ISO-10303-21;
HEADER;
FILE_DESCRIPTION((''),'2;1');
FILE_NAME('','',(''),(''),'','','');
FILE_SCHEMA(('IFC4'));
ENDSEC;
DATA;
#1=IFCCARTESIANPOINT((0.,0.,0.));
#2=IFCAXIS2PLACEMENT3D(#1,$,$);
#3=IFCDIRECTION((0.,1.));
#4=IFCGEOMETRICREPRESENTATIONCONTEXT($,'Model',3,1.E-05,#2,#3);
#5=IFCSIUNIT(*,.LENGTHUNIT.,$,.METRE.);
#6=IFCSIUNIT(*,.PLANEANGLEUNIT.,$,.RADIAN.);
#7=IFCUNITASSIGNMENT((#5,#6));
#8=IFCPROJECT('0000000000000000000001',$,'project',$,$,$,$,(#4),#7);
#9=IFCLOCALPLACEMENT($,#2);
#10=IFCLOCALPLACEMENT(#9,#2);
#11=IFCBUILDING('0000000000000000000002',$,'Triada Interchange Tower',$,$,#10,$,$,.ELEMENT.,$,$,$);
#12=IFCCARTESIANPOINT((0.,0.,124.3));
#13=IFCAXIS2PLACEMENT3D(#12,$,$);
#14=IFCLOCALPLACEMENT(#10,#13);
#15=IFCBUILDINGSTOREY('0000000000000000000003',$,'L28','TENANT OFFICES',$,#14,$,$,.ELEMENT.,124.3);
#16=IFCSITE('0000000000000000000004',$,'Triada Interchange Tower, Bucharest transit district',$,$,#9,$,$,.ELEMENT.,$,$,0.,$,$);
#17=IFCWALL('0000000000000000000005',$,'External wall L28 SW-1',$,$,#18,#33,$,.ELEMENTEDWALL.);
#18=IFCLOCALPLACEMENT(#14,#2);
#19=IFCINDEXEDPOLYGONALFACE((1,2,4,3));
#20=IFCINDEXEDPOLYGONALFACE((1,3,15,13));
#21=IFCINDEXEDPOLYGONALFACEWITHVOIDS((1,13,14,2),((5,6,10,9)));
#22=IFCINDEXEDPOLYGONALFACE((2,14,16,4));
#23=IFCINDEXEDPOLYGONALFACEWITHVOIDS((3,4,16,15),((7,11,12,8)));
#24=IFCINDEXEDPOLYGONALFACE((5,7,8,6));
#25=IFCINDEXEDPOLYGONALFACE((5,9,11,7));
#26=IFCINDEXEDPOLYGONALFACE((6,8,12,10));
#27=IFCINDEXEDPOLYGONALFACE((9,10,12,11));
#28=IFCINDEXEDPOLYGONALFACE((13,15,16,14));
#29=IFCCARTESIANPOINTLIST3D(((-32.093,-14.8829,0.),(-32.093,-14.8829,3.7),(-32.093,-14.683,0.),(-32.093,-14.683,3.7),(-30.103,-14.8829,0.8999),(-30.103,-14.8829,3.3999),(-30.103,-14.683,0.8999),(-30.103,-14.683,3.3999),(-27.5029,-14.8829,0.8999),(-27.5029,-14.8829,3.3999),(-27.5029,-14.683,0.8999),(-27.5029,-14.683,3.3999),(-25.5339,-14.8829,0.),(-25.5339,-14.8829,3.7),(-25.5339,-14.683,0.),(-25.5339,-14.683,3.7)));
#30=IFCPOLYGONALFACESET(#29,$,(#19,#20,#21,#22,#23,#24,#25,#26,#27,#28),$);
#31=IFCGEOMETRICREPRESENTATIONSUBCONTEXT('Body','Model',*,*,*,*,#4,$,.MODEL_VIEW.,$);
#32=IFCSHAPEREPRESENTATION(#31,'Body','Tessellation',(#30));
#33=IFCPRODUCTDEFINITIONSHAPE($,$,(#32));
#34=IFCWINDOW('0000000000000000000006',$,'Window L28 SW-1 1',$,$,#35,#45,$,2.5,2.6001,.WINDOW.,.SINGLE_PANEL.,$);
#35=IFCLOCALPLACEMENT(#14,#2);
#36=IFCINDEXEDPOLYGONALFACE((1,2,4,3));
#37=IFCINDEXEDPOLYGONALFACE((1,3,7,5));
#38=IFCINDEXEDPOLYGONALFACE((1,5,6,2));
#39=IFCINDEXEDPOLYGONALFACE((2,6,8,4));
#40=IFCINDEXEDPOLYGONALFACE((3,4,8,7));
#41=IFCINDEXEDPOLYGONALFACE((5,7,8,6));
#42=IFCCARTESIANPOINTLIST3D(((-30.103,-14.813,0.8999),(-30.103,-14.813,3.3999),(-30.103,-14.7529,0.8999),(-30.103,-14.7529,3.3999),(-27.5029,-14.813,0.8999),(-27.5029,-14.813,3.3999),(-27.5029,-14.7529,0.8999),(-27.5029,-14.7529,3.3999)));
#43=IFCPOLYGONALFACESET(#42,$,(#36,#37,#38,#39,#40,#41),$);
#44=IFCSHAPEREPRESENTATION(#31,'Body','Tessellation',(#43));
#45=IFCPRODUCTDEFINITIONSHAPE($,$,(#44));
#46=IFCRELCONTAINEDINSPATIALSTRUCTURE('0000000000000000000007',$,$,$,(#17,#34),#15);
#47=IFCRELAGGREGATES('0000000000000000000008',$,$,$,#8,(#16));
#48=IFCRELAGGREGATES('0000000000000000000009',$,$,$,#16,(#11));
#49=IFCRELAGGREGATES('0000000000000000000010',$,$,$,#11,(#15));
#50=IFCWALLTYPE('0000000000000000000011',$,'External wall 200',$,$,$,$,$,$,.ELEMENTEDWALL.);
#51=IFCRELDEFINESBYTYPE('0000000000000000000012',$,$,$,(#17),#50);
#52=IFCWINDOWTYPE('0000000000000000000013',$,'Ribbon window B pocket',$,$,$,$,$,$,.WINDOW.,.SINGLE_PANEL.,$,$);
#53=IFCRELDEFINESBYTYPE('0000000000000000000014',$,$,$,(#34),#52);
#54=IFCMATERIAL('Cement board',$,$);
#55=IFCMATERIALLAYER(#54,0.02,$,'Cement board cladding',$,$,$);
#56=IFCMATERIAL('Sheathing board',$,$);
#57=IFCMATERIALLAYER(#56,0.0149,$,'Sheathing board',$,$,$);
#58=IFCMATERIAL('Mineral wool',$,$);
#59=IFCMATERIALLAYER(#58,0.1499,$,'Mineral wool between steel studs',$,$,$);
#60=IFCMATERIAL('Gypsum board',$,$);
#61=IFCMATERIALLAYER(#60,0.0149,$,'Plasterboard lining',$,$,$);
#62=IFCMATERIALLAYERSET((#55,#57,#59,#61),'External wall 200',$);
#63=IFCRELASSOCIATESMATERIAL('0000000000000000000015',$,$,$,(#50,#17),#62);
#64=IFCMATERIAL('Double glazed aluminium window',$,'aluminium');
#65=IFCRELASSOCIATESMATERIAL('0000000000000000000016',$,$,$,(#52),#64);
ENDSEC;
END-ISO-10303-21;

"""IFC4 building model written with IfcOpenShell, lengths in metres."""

from ifc_helpers import new_model, si_unit, direction, frame, frame_2d, origin, place, context, subcontext, project, spatial, rectangle, extrude, material, layer, layer_set, layer_usage, type_object, element, fill, save


model = new_model("IFC4")

# Units and contexts
model_context = context("Model", 3, precision=1e-05, world=origin(), true_north=direction((0.0, 1.0)))
body_context = subcontext(model_context, "Body", "Model", "MODEL_VIEW")
ifc_project = project(units=[si_unit("LENGTHUNIT", "METRE"), si_unit("PLANEANGLEUNIT", "RADIAN")], contexts=[model_context])

# Site, building, storey
site_placement = place(None, origin())
site = spatial("IfcSite", under=ifc_project, at=site_placement, Name="Triada Interchange Tower, Bucharest transit district", CompositionType="ELEMENT", RefElevation=0.0)
building_placement = place(site_placement, origin())
building = spatial("IfcBuilding", under=site, at=building_placement, Name="Triada Interchange Tower", CompositionType="ELEMENT")
storey_placement = place(building_placement, frame((0.0, 0.0, 124.3)))
storey = spatial("IfcBuildingStorey", under=building, at=storey_placement, Name="L28", Description="TENANT OFFICES", CompositionType="ELEMENT", Elevation=124.3)

# Wall, opening, window
ifc_material_1 = material(Name="Cement board")
ifc_layer_1 = layer(ifc_material_1, 0.02, Name="Cement board cladding")
ifc_material_2 = material(Name="Sheathing board")
ifc_layer_2 = layer(ifc_material_2, 0.0149, Name="Sheathing board")
ifc_material_3 = material(Name="Mineral wool")
ifc_layer_3 = layer(ifc_material_3, 0.1499, Name="Mineral wool between steel studs")
ifc_material_4 = material(Name="Gypsum board")
ifc_layer_4 = layer(ifc_material_4, 0.0149, Name="Plasterboard lining")
ifc_layer_set_1 = layer_set([ifc_layer_1, ifc_layer_2, ifc_layer_3, ifc_layer_4], Name="External wall 200")
ifc_layer_usage = layer_usage(ifc_layer_set_1, "AXIS2", "POSITIVE", -0.1001)
wall_type = type_object("IfcWallType", Name="External wall 200", PredefinedType="ELEMENTEDWALL", material=ifc_layer_set_1)
wall_1_placement = place(storey_placement, frame((-32.093, -14.783, 0.0), z_axis=(0.0, 0.0, 1.0), x_axis=(1.0, 0.0, 0.0)))
wall_1 = element("IfcWall", 1, at=wall_1_placement, inside=storey, type_object=wall_type, material=ifc_layer_usage, Name="External wall L28 SW-1", PredefinedType="ELEMENTEDWALL", context=body_context, shape_type="SweptSolid", body=[
    extrude(rectangle(XDim=6.5591, YDim=0.2, at=frame_2d((3.2795, 0.0))), origin(), (0.0, 0.0, 1.0), 3.7),
])
opening_1_placement = place(wall_1_placement, frame((1.99, 0.0, 0.8999)))
opening_1 = element("IfcOpeningElement", 2, at=opening_1_placement, cuts=wall_1, PredefinedType="OPENING", context=body_context, shape_type="SweptSolid", body=[
    extrude(rectangle(XDim=2.6001, YDim=2.5, at=frame_2d((1.3, 1.25))), frame((0.0, 0.1099, 0.0), z_axis=(0.0, -1.0, 0.0), x_axis=(1.0, 0.0, 0.0)), (0.0, 0.0, 1.0), 0.22),
])
ifc_material_5 = material(Name="Double glazed aluminium window", Category="aluminium")
window_type_1 = type_object("IfcWindowType", Name="Ribbon window B pocket", PartitioningType="SINGLE_PANEL", PredefinedType="WINDOW", material=ifc_material_5)
window_1_placement = place(opening_1_placement, origin())
window_1 = element("IfcWindow", 3, at=window_1_placement, inside=storey, type_object=window_type_1, Name="Window L28 SW-1 1", OverallHeight=2.5, OverallWidth=2.6001, PartitioningType="SINGLE_PANEL", PredefinedType="WINDOW", context=body_context, shape_type="SweptSolid", body=[
    extrude(rectangle(XDim=2.6001, YDim=2.5, at=frame_2d((1.3, 1.25))), frame((0.0, 0.03, 0.0), z_axis=(0.0, -1.0, 0.0), x_axis=(1.0, 0.0, 0.0)), (0.0, 0.0, 1.0), 0.0601),
])
fill(opening_1, window_1)

save(model, "model.ifc")
